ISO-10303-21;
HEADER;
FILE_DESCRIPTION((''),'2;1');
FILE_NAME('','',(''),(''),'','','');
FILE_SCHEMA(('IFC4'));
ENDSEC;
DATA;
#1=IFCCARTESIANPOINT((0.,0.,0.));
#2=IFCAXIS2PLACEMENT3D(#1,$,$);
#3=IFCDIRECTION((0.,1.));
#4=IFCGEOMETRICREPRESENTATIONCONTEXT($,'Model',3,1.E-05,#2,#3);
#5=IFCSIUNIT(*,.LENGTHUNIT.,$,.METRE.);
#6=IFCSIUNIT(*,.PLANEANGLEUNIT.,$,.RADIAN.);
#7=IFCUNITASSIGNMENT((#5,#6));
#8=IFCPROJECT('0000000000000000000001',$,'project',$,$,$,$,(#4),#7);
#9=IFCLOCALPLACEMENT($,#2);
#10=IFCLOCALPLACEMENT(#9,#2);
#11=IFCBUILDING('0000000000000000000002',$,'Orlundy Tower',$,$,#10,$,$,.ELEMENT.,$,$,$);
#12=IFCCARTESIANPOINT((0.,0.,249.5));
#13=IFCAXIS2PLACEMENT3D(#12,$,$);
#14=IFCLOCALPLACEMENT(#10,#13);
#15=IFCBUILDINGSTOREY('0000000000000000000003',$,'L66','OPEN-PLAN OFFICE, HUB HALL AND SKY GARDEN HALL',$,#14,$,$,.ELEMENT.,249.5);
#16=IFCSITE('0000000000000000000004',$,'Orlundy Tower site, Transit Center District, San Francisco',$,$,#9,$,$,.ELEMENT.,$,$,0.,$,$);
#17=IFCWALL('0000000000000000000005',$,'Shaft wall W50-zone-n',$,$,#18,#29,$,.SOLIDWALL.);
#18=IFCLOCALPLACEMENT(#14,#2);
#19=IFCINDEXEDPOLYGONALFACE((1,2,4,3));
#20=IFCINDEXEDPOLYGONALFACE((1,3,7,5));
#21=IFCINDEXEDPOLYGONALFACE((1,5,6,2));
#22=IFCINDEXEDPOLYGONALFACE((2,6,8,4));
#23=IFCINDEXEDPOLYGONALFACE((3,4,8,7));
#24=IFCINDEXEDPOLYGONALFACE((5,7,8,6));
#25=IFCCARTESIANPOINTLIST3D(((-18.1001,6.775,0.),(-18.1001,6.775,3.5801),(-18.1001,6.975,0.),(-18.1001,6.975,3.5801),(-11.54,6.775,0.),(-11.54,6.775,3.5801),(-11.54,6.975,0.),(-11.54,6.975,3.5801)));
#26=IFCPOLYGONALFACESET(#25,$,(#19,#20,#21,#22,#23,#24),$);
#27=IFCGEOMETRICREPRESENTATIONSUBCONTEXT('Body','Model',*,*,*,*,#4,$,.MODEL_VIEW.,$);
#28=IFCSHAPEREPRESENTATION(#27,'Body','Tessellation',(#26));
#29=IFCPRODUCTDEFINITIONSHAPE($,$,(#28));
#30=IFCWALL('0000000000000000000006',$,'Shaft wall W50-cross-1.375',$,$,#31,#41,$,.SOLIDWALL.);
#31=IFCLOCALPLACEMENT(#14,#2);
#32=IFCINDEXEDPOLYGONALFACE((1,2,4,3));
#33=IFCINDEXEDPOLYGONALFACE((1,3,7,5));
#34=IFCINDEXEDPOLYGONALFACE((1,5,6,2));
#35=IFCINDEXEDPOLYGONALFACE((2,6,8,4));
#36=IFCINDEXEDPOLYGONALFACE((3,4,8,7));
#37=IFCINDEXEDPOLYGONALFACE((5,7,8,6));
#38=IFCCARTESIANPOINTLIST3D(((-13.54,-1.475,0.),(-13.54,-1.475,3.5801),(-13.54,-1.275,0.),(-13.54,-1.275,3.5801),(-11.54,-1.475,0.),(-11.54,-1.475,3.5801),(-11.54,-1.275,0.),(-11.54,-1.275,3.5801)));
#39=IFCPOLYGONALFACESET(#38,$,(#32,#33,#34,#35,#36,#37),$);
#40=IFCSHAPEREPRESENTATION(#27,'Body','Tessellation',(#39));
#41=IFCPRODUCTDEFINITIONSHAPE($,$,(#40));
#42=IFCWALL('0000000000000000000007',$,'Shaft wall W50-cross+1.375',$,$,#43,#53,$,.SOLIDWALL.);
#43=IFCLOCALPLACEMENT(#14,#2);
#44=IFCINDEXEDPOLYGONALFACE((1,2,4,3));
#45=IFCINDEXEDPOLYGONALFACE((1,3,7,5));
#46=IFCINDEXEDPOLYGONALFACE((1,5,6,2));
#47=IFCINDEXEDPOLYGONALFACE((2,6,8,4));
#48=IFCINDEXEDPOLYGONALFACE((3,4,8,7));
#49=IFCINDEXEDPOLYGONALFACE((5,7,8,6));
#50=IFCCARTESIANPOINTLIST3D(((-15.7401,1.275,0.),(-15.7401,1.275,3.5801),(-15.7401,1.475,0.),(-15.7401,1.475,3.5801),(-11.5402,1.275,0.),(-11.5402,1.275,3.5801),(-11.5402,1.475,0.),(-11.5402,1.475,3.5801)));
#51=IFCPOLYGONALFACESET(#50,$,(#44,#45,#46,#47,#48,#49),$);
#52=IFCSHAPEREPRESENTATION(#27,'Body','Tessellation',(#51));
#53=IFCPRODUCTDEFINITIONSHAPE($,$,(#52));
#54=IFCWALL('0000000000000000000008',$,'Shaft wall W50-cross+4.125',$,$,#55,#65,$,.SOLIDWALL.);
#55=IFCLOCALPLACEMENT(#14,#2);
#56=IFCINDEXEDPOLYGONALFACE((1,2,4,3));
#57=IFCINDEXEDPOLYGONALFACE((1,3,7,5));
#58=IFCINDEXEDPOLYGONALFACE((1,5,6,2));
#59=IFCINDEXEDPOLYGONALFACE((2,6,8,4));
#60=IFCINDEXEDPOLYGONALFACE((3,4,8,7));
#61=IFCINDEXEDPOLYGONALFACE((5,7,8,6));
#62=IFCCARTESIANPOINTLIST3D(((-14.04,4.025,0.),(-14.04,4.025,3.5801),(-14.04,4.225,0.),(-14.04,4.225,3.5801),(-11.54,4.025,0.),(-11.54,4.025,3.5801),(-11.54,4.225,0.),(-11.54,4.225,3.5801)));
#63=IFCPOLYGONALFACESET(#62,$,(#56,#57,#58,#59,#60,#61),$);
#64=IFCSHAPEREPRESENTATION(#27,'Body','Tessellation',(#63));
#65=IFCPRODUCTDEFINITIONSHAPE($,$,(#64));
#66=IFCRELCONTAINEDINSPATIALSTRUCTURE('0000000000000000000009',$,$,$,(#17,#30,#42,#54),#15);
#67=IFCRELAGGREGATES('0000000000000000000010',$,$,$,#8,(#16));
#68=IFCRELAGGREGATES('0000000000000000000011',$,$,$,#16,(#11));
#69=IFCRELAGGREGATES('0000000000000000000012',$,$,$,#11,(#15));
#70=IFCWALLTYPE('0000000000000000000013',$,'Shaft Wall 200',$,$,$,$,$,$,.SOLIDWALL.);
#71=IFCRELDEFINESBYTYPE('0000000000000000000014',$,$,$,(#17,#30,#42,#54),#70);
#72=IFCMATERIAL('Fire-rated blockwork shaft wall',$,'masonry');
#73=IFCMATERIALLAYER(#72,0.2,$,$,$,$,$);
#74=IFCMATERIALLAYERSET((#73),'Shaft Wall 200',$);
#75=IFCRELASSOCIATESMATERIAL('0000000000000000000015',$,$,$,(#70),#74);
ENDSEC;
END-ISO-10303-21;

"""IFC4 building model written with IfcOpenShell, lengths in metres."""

from ifc_helpers import new_model, si_unit, direction, frame, frame_2d, origin, place, context, subcontext, project, spatial, rectangle, extrude, material, layer, layer_set, type_object, element, save


model = new_model("IFC4")

# Units and contexts
model_context = context("Model", 3, precision=1e-05, world=origin(), true_north=direction((0.0, 1.0)))
body_context = subcontext(model_context, "Body", "Model", "MODEL_VIEW")
ifc_project = project(units=[si_unit("LENGTHUNIT", "METRE"), si_unit("PLANEANGLEUNIT", "RADIAN")], contexts=[model_context])

# Site, building, storey
site_placement = place(None, origin())
site = spatial("IfcSite", under=ifc_project, at=site_placement, Name="Orlundy Tower site, Transit Center District, San Francisco", CompositionType="ELEMENT", RefElevation=0.0)
building_placement = place(site_placement, origin())
building = spatial("IfcBuilding", under=site, at=building_placement, Name="Orlundy Tower", CompositionType="ELEMENT")
storey_placement = place(building_placement, frame((0.0, 0.0, 249.5)))
storey = spatial("IfcBuildingStorey", under=building, at=storey_placement, Name="L66", Description="OPEN-PLAN OFFICE, HUB HALL AND SKY GARDEN HALL", CompositionType="ELEMENT", Elevation=249.5)

# Walls
ifc_material_1 = material(Name="Fire-rated blockwork shaft wall", Category="masonry")
ifc_layer_1 = layer(ifc_material_1, 0.2)
ifc_layer_set_1 = layer_set([ifc_layer_1], Name="Shaft Wall 200")
wall_type_1 = type_object("IfcWallType", Name="Shaft Wall 200", PredefinedType="SOLIDWALL", material=ifc_layer_set_1)
wall_1_placement = place(storey_placement, frame((-11.54, 6.875, 0.0), z_axis=(0.0, 0.0, 1.0), x_axis=(-1.0, 0.0, 0.0)))
element("IfcWall", 1, at=wall_1_placement, inside=storey, type_object=wall_type_1, Name="Shaft wall W50-zone-n", PredefinedType="SOLIDWALL", context=body_context, shape_type="SweptSolid", body=[
    extrude(rectangle(XDim=6.5601, YDim=0.2, at=frame_2d((3.28, 0.0))), origin(), (0.0, 0.0, 1.0), 3.5801),
])
wall_2_placement = place(storey_placement, frame((-11.54, -1.375, 0.0), z_axis=(0.0, 0.0, 1.0), x_axis=(-1.0, 0.0, 0.0)))
element("IfcWall", 2, at=wall_2_placement, inside=storey, type_object=wall_type_1, Name="Shaft wall W50-cross-1.375", PredefinedType="SOLIDWALL", context=body_context, shape_type="SweptSolid", body=[
    extrude(rectangle(XDim=2.0, YDim=0.2, at=frame_2d((1.0, 0.0))), origin(), (0.0, 0.0, 1.0), 3.5801),
])
wall_3_placement = place(storey_placement, frame((-11.54, 1.375, 0.0), z_axis=(0.0, 0.0, 1.0), x_axis=(-1.0, 0.0, 0.0)))
element("IfcWall", 3, at=wall_3_placement, inside=storey, type_object=wall_type_1, Name="Shaft wall W50-cross+1.375", PredefinedType="SOLIDWALL", context=body_context, shape_type="SweptSolid", body=[
    extrude(rectangle(XDim=4.2, YDim=0.2, at=frame_2d((2.1001, 0.0))), origin(), (0.0, 0.0, 1.0), 3.5801),
])
wall_4_placement = place(storey_placement, frame((-11.54, 4.125, 0.0), z_axis=(0.0, 0.0, 1.0), x_axis=(-1.0, 0.0, 0.0)))
element("IfcWall", 4, at=wall_4_placement, inside=storey, type_object=wall_type_1, Name="Shaft wall W50-cross+4.125", PredefinedType="SOLIDWALL", context=body_context, shape_type="SweptSolid", body=[
    extrude(rectangle(XDim=2.5, YDim=0.2, at=frame_2d((1.25, 0.0))), origin(), (0.0, 0.0, 1.0), 3.5801),
])

save(model, "model.ifc")
